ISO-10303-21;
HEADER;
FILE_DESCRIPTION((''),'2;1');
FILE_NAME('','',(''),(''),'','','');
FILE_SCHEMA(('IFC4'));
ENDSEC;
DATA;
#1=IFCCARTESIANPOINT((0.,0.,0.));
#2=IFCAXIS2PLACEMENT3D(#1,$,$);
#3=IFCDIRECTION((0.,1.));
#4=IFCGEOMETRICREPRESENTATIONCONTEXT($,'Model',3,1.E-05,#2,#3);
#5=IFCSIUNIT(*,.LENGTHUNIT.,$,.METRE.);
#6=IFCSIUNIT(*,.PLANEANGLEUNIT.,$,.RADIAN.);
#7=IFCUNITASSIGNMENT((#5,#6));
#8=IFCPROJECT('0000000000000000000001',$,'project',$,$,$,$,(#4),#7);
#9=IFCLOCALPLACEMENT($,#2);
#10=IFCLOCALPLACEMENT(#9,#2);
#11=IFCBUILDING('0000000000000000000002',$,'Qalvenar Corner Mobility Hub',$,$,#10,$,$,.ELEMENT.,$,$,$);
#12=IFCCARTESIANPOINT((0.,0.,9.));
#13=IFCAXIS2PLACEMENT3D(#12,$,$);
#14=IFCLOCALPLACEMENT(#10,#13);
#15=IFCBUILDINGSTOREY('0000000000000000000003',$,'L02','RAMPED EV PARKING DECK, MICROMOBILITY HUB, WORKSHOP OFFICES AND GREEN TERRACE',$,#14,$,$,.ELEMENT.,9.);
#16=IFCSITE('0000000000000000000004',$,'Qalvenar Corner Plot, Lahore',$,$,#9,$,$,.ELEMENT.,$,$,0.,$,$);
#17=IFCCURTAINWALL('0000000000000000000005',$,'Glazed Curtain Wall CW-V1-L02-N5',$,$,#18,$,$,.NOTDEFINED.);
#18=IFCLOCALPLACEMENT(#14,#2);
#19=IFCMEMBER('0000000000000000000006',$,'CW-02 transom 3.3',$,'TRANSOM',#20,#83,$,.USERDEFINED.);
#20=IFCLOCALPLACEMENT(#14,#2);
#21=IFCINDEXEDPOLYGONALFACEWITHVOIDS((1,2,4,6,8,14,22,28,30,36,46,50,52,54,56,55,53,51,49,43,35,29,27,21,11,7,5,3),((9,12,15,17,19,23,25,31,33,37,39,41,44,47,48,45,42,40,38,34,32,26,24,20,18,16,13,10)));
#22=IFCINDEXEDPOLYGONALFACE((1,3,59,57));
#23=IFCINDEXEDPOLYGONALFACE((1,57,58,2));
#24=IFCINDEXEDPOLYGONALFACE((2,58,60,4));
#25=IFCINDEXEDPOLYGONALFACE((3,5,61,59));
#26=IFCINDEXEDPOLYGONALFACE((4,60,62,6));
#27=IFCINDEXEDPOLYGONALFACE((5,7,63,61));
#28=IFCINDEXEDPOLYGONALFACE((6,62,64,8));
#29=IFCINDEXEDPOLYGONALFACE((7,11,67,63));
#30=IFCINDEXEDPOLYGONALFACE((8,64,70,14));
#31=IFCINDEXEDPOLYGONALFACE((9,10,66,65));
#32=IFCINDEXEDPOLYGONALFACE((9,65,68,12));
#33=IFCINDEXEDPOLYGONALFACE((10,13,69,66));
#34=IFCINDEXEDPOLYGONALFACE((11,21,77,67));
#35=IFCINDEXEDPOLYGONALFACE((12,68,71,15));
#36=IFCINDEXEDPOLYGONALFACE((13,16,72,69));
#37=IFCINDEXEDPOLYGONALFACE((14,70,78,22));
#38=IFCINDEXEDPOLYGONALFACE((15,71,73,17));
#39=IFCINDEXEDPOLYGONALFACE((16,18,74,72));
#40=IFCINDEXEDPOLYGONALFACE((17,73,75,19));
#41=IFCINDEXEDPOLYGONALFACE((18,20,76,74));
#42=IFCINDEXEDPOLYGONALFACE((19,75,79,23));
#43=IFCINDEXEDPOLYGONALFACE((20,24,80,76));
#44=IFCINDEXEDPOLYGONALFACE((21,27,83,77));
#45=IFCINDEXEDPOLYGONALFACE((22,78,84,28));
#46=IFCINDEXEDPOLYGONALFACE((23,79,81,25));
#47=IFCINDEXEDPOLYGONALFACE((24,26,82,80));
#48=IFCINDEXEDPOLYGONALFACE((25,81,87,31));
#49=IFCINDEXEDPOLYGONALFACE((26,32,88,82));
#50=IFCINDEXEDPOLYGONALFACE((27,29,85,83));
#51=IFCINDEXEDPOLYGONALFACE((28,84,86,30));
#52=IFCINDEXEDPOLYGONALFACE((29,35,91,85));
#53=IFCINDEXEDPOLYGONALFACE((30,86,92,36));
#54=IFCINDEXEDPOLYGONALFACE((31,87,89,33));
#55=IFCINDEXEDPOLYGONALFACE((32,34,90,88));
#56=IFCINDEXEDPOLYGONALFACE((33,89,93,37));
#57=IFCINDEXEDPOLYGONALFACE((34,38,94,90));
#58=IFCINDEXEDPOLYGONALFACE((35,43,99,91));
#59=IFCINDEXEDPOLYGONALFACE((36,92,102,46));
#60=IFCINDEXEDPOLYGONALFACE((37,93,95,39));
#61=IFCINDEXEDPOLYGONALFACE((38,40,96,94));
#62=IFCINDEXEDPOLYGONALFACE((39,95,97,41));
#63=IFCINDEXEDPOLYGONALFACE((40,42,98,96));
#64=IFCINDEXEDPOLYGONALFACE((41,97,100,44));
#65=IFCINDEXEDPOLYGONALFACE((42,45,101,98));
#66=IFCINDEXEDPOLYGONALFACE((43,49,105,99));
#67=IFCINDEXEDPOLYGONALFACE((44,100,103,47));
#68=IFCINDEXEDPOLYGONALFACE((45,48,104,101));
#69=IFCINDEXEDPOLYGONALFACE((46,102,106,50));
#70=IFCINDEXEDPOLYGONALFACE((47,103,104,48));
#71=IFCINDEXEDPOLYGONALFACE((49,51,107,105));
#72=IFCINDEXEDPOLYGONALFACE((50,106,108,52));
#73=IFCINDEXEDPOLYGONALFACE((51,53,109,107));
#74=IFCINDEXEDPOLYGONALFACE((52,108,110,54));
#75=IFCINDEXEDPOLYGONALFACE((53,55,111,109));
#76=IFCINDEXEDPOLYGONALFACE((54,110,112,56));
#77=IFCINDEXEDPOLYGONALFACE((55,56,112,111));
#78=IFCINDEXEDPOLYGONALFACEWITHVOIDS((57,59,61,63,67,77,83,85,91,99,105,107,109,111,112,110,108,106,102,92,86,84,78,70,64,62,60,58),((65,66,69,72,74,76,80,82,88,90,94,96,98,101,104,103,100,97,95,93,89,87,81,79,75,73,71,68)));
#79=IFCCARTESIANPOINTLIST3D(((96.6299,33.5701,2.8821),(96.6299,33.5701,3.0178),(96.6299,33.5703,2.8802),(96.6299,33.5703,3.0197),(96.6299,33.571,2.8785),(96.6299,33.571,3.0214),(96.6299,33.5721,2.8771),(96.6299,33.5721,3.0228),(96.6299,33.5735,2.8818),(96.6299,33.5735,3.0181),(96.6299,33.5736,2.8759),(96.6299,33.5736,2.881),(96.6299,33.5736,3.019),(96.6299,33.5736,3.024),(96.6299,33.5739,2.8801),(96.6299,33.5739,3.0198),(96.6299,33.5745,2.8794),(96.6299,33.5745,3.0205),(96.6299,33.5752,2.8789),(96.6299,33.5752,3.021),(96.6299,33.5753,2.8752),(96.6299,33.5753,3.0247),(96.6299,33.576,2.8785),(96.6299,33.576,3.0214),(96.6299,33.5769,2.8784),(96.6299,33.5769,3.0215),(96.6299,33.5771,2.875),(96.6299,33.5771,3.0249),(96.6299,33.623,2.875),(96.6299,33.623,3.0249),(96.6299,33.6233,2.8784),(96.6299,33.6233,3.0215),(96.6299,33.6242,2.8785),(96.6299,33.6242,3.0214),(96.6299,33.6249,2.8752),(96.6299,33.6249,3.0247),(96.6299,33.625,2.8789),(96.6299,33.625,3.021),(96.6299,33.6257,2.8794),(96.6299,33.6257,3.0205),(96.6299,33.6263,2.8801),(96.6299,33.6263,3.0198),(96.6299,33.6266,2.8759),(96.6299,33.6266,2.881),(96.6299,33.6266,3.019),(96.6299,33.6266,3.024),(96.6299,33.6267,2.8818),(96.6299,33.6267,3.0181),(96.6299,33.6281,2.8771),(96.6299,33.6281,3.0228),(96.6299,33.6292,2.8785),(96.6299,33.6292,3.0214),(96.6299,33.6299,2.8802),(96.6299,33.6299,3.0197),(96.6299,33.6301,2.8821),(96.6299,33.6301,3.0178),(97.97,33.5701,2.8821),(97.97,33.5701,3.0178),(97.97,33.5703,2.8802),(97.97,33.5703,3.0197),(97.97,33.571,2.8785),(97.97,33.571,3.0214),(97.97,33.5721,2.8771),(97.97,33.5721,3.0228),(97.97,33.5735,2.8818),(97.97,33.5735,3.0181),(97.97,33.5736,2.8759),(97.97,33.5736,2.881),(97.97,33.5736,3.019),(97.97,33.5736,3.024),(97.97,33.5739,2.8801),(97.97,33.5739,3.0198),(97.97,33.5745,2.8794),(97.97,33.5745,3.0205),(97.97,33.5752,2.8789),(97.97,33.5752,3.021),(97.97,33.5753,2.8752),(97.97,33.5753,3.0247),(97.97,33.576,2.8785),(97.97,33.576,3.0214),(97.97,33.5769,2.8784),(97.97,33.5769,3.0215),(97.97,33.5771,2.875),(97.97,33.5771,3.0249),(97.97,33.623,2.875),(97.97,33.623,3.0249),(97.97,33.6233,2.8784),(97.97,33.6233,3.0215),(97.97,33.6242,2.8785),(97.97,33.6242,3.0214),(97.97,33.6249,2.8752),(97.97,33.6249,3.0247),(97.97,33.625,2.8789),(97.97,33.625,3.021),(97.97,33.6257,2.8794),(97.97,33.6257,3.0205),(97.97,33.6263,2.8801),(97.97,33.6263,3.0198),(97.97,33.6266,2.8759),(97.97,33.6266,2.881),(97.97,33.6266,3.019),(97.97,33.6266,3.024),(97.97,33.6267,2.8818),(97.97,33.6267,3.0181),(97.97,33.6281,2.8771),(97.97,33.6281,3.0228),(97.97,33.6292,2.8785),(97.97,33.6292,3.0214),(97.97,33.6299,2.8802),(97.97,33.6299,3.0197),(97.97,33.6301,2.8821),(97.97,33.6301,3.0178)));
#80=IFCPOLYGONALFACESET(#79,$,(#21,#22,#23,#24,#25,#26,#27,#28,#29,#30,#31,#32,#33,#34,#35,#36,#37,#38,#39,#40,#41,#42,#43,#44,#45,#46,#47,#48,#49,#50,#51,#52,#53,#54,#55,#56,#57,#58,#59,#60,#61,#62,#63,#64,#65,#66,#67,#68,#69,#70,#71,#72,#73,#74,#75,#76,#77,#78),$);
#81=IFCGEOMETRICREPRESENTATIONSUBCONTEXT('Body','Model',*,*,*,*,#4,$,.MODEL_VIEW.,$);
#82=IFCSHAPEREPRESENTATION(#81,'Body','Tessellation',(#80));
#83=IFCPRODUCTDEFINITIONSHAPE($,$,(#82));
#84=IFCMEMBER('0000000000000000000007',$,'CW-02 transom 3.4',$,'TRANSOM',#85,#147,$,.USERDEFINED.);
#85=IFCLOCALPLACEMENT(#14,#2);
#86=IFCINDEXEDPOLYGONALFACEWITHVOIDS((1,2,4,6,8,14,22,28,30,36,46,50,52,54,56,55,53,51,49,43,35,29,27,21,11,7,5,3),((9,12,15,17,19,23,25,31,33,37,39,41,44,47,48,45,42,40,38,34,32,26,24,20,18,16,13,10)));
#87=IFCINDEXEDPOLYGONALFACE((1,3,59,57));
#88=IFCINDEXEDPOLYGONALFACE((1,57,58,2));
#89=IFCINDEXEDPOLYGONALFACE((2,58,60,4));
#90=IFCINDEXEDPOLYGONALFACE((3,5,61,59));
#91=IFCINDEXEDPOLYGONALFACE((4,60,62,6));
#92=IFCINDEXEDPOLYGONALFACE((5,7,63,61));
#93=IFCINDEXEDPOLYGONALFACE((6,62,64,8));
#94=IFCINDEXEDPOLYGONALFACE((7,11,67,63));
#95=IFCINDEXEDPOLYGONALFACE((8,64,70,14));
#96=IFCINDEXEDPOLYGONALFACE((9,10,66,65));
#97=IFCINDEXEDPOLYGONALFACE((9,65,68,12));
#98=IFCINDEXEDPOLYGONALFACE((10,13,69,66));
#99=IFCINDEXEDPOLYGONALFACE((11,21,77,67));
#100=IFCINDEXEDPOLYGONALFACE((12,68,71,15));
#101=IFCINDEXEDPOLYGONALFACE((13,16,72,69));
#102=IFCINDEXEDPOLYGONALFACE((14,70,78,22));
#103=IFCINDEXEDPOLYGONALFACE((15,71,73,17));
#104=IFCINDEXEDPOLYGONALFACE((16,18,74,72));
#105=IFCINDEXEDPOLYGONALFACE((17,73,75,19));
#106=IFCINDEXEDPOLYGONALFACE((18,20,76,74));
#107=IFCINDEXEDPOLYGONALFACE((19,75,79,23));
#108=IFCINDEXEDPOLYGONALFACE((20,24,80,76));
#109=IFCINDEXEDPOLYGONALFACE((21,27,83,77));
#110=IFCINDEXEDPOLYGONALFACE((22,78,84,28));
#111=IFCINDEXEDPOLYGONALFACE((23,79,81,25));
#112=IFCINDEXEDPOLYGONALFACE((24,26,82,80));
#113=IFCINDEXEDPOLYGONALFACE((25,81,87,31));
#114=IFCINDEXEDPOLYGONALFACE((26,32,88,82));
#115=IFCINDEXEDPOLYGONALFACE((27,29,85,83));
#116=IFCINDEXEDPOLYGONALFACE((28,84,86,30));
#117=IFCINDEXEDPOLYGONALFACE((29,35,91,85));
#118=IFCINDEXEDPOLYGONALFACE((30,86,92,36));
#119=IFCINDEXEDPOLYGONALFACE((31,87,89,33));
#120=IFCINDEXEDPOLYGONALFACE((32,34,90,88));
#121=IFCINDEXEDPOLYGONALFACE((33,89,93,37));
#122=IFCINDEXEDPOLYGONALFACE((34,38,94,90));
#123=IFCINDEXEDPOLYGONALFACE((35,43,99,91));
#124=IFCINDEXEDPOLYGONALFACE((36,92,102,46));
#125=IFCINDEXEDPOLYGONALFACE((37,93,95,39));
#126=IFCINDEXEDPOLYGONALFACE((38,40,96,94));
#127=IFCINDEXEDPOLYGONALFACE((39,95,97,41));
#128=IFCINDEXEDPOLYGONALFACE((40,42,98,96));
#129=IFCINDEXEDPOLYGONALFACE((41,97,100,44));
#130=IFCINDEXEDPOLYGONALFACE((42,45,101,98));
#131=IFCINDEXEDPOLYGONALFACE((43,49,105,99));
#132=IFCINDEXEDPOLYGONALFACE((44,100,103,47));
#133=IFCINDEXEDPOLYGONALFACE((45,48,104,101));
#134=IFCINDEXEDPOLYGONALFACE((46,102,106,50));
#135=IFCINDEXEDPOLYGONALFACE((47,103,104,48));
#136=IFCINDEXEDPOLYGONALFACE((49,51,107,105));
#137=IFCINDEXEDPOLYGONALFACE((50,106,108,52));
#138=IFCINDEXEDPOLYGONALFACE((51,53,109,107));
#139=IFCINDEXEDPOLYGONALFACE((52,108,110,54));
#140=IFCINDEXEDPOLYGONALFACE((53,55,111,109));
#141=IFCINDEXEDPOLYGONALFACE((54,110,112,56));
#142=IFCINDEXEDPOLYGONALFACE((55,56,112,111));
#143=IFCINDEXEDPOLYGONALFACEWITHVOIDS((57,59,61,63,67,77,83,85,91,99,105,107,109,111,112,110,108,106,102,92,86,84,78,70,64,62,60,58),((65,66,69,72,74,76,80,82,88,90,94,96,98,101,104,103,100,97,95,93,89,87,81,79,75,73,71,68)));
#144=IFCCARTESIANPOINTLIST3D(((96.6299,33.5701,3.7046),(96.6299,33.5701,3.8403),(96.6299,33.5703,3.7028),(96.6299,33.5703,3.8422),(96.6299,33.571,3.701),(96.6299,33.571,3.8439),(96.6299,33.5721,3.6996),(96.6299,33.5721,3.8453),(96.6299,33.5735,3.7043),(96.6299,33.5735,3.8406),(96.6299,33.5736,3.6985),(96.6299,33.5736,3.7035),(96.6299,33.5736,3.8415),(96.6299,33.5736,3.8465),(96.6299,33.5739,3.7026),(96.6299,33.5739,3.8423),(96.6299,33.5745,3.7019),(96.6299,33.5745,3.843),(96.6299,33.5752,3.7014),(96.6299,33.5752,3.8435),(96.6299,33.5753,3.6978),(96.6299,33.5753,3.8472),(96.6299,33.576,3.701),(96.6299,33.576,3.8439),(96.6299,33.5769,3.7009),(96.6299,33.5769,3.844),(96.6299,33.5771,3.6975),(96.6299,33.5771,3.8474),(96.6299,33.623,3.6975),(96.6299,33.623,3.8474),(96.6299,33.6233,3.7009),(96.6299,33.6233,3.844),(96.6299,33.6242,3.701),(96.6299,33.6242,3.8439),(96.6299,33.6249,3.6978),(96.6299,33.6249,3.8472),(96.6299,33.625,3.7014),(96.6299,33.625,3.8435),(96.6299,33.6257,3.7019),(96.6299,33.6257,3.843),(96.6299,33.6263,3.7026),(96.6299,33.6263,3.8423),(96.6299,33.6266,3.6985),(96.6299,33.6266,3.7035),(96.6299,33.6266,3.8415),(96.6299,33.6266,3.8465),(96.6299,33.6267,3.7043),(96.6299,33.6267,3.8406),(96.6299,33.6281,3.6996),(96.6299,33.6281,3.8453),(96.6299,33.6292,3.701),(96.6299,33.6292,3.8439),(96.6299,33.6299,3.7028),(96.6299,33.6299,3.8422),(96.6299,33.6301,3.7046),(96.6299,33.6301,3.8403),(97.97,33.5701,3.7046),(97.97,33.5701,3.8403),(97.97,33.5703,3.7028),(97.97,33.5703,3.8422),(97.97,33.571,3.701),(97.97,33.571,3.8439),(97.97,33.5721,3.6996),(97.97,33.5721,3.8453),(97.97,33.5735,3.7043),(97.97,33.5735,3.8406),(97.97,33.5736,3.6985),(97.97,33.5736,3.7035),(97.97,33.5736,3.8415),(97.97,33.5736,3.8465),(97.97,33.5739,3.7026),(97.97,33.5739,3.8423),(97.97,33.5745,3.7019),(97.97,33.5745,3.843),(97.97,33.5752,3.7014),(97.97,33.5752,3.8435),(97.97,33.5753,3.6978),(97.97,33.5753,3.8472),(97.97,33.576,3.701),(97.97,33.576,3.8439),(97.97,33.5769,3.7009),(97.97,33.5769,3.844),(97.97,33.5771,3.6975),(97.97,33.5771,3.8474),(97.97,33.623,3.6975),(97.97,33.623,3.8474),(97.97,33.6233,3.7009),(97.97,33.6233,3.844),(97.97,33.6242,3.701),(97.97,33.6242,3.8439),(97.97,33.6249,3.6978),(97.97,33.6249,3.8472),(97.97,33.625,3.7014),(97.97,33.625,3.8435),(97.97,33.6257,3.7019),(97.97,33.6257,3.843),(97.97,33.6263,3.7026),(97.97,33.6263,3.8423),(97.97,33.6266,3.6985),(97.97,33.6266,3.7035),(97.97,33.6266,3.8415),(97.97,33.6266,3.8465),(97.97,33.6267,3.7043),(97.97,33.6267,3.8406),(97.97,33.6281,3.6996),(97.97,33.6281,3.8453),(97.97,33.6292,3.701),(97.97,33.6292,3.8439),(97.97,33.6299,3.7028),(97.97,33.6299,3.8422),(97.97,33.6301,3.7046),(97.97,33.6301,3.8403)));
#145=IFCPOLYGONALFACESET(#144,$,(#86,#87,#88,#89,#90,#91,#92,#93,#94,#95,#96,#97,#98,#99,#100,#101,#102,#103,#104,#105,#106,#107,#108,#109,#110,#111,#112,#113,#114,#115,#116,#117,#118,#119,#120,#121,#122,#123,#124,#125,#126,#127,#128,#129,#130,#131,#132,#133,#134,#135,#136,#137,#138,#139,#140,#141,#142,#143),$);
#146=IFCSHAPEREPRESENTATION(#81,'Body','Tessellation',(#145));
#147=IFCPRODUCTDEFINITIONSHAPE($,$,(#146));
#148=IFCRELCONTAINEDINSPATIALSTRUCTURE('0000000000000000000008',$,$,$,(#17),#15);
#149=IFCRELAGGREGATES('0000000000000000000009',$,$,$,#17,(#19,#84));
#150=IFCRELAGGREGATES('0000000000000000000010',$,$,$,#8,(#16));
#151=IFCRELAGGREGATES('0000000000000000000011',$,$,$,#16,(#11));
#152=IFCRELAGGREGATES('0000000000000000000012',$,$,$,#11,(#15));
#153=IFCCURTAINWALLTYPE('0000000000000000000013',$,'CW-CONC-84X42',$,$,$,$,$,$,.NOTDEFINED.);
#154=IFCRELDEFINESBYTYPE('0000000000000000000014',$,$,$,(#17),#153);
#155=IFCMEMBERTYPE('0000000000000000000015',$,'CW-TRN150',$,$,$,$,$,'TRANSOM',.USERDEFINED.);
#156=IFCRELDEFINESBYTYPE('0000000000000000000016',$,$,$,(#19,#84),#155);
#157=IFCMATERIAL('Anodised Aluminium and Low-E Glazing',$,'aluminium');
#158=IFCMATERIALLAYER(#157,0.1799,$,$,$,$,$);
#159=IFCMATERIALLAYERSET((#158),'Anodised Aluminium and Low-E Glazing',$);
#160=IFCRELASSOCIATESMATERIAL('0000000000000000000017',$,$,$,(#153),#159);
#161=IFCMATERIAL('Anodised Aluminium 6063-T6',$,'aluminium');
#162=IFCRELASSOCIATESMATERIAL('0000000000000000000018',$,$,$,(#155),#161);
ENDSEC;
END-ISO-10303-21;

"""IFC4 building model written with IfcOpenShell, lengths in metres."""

from ifc_helpers import new_model, si_unit, direction, frame, origin, origin_2d, place, context, subcontext, project, spatial, hollow_rectangle, extrude, material, layer, layer_set, material_profile, profile_set, type_object, element, aggregate, save


model = new_model("IFC4")

# Units and contexts
model_context = context("Model", 3, precision=1e-05, world=origin(), true_north=direction((0.0, 1.0)))
body_context = subcontext(model_context, "Body", "Model", "MODEL_VIEW")
ifc_project = project(units=[si_unit("LENGTHUNIT", "METRE"), si_unit("PLANEANGLEUNIT", "RADIAN")], contexts=[model_context])

# Site, building, storey
site_placement = place(None, origin())
site = spatial("IfcSite", under=ifc_project, at=site_placement, Name="Qalvenar Corner Plot, Lahore", CompositionType="ELEMENT", RefElevation=0.0)
building_placement = place(site_placement, origin())
building = spatial("IfcBuilding", under=site, at=building_placement, Name="Qalvenar Corner Mobility Hub", CompositionType="ELEMENT")
storey_placement = place(building_placement, frame((0.0, 0.0, 9.0)))
storey = spatial("IfcBuildingStorey", under=building, at=storey_placement, Name="L02", Description="RAMPED EV PARKING DECK, MICROMOBILITY HUB, WORKSHOP OFFICES AND GREEN TERRACE", CompositionType="ELEMENT", Elevation=9.0)

# Curtain wall, members
ifc_material_1 = material(Name="Anodised Aluminium and Low-E Glazing", Category="aluminium")
ifc_layer_1 = layer(ifc_material_1, 0.1799)
ifc_layer_set_1 = layer_set([ifc_layer_1], Name="Anodised Aluminium and Low-E Glazing")
curtain_wall_type = type_object("IfcCurtainWallType", Name="CW-CONC-84X42", PredefinedType="NOTDEFINED", material=ifc_layer_set_1)
curtain_wall_placement = place(storey_placement, origin())
curtain_wall = element("IfcCurtainWall", 1, at=curtain_wall_placement, inside=storey, type_object=curtain_wall_type, Name="Glazed Curtain Wall CW-V1-L02-N5", PredefinedType="NOTDEFINED")
ifc_material_2 = material(Name="Anodised Aluminium 6063-T6", Category="aluminium")
ifc_material_profile_1 = material_profile(ifc_material_2, hollow_rectangle(XDim=0.0601, YDim=0.1499, WallThickness=0.0034, InnerFilletRadius=0.0034, OuterFilletRadius=0.0071, at=origin_2d()), Name="RHS150x60x3.5")
ifc_profile_set_1 = profile_set([ifc_material_profile_1], Name="Anodised Aluminium 6063-T6")
member_type_1 = type_object("IfcMemberType", Name="CW-TRN150", ElementType="TRANSOM", PredefinedType="USERDEFINED", material=ifc_profile_set_1)
member_1_placement = place(storey_placement, frame((97.97, 33.6001, 2.95), z_axis=(-1.0, 0.0, 0.0), x_axis=(0.0, -1.0, 0.0)))
member_1 = element("IfcMember", 2, at=member_1_placement, type_object=member_type_1, Name="CW-02 transom 3.3", ObjectType="TRANSOM", PredefinedType="USERDEFINED", context=body_context, shape_type="SweptSolid", body=[
    extrude(hollow_rectangle(XDim=0.0601, YDim=0.1499, WallThickness=0.0034, InnerFilletRadius=0.0034, OuterFilletRadius=0.0071, at=origin_2d()), origin(), (0.0, 0.0, 1.0), 1.3401),
])
member_2_placement = place(storey_placement, frame((97.97, 33.6001, 3.7725), z_axis=(-1.0, 0.0, 0.0), x_axis=(0.0, -1.0, 0.0)))
member_2 = element("IfcMember", 3, at=member_2_placement, type_object=member_type_1, Name="CW-02 transom 3.4", ObjectType="TRANSOM", PredefinedType="USERDEFINED", context=body_context, shape_type="SweptSolid", body=[
    extrude(hollow_rectangle(XDim=0.0601, YDim=0.1499, WallThickness=0.0034, InnerFilletRadius=0.0034, OuterFilletRadius=0.0071, at=origin_2d()), origin(), (0.0, 0.0, 1.0), 1.3401),
])
aggregate(curtain_wall, [member_1, member_2])

save(model, "model.ifc")
